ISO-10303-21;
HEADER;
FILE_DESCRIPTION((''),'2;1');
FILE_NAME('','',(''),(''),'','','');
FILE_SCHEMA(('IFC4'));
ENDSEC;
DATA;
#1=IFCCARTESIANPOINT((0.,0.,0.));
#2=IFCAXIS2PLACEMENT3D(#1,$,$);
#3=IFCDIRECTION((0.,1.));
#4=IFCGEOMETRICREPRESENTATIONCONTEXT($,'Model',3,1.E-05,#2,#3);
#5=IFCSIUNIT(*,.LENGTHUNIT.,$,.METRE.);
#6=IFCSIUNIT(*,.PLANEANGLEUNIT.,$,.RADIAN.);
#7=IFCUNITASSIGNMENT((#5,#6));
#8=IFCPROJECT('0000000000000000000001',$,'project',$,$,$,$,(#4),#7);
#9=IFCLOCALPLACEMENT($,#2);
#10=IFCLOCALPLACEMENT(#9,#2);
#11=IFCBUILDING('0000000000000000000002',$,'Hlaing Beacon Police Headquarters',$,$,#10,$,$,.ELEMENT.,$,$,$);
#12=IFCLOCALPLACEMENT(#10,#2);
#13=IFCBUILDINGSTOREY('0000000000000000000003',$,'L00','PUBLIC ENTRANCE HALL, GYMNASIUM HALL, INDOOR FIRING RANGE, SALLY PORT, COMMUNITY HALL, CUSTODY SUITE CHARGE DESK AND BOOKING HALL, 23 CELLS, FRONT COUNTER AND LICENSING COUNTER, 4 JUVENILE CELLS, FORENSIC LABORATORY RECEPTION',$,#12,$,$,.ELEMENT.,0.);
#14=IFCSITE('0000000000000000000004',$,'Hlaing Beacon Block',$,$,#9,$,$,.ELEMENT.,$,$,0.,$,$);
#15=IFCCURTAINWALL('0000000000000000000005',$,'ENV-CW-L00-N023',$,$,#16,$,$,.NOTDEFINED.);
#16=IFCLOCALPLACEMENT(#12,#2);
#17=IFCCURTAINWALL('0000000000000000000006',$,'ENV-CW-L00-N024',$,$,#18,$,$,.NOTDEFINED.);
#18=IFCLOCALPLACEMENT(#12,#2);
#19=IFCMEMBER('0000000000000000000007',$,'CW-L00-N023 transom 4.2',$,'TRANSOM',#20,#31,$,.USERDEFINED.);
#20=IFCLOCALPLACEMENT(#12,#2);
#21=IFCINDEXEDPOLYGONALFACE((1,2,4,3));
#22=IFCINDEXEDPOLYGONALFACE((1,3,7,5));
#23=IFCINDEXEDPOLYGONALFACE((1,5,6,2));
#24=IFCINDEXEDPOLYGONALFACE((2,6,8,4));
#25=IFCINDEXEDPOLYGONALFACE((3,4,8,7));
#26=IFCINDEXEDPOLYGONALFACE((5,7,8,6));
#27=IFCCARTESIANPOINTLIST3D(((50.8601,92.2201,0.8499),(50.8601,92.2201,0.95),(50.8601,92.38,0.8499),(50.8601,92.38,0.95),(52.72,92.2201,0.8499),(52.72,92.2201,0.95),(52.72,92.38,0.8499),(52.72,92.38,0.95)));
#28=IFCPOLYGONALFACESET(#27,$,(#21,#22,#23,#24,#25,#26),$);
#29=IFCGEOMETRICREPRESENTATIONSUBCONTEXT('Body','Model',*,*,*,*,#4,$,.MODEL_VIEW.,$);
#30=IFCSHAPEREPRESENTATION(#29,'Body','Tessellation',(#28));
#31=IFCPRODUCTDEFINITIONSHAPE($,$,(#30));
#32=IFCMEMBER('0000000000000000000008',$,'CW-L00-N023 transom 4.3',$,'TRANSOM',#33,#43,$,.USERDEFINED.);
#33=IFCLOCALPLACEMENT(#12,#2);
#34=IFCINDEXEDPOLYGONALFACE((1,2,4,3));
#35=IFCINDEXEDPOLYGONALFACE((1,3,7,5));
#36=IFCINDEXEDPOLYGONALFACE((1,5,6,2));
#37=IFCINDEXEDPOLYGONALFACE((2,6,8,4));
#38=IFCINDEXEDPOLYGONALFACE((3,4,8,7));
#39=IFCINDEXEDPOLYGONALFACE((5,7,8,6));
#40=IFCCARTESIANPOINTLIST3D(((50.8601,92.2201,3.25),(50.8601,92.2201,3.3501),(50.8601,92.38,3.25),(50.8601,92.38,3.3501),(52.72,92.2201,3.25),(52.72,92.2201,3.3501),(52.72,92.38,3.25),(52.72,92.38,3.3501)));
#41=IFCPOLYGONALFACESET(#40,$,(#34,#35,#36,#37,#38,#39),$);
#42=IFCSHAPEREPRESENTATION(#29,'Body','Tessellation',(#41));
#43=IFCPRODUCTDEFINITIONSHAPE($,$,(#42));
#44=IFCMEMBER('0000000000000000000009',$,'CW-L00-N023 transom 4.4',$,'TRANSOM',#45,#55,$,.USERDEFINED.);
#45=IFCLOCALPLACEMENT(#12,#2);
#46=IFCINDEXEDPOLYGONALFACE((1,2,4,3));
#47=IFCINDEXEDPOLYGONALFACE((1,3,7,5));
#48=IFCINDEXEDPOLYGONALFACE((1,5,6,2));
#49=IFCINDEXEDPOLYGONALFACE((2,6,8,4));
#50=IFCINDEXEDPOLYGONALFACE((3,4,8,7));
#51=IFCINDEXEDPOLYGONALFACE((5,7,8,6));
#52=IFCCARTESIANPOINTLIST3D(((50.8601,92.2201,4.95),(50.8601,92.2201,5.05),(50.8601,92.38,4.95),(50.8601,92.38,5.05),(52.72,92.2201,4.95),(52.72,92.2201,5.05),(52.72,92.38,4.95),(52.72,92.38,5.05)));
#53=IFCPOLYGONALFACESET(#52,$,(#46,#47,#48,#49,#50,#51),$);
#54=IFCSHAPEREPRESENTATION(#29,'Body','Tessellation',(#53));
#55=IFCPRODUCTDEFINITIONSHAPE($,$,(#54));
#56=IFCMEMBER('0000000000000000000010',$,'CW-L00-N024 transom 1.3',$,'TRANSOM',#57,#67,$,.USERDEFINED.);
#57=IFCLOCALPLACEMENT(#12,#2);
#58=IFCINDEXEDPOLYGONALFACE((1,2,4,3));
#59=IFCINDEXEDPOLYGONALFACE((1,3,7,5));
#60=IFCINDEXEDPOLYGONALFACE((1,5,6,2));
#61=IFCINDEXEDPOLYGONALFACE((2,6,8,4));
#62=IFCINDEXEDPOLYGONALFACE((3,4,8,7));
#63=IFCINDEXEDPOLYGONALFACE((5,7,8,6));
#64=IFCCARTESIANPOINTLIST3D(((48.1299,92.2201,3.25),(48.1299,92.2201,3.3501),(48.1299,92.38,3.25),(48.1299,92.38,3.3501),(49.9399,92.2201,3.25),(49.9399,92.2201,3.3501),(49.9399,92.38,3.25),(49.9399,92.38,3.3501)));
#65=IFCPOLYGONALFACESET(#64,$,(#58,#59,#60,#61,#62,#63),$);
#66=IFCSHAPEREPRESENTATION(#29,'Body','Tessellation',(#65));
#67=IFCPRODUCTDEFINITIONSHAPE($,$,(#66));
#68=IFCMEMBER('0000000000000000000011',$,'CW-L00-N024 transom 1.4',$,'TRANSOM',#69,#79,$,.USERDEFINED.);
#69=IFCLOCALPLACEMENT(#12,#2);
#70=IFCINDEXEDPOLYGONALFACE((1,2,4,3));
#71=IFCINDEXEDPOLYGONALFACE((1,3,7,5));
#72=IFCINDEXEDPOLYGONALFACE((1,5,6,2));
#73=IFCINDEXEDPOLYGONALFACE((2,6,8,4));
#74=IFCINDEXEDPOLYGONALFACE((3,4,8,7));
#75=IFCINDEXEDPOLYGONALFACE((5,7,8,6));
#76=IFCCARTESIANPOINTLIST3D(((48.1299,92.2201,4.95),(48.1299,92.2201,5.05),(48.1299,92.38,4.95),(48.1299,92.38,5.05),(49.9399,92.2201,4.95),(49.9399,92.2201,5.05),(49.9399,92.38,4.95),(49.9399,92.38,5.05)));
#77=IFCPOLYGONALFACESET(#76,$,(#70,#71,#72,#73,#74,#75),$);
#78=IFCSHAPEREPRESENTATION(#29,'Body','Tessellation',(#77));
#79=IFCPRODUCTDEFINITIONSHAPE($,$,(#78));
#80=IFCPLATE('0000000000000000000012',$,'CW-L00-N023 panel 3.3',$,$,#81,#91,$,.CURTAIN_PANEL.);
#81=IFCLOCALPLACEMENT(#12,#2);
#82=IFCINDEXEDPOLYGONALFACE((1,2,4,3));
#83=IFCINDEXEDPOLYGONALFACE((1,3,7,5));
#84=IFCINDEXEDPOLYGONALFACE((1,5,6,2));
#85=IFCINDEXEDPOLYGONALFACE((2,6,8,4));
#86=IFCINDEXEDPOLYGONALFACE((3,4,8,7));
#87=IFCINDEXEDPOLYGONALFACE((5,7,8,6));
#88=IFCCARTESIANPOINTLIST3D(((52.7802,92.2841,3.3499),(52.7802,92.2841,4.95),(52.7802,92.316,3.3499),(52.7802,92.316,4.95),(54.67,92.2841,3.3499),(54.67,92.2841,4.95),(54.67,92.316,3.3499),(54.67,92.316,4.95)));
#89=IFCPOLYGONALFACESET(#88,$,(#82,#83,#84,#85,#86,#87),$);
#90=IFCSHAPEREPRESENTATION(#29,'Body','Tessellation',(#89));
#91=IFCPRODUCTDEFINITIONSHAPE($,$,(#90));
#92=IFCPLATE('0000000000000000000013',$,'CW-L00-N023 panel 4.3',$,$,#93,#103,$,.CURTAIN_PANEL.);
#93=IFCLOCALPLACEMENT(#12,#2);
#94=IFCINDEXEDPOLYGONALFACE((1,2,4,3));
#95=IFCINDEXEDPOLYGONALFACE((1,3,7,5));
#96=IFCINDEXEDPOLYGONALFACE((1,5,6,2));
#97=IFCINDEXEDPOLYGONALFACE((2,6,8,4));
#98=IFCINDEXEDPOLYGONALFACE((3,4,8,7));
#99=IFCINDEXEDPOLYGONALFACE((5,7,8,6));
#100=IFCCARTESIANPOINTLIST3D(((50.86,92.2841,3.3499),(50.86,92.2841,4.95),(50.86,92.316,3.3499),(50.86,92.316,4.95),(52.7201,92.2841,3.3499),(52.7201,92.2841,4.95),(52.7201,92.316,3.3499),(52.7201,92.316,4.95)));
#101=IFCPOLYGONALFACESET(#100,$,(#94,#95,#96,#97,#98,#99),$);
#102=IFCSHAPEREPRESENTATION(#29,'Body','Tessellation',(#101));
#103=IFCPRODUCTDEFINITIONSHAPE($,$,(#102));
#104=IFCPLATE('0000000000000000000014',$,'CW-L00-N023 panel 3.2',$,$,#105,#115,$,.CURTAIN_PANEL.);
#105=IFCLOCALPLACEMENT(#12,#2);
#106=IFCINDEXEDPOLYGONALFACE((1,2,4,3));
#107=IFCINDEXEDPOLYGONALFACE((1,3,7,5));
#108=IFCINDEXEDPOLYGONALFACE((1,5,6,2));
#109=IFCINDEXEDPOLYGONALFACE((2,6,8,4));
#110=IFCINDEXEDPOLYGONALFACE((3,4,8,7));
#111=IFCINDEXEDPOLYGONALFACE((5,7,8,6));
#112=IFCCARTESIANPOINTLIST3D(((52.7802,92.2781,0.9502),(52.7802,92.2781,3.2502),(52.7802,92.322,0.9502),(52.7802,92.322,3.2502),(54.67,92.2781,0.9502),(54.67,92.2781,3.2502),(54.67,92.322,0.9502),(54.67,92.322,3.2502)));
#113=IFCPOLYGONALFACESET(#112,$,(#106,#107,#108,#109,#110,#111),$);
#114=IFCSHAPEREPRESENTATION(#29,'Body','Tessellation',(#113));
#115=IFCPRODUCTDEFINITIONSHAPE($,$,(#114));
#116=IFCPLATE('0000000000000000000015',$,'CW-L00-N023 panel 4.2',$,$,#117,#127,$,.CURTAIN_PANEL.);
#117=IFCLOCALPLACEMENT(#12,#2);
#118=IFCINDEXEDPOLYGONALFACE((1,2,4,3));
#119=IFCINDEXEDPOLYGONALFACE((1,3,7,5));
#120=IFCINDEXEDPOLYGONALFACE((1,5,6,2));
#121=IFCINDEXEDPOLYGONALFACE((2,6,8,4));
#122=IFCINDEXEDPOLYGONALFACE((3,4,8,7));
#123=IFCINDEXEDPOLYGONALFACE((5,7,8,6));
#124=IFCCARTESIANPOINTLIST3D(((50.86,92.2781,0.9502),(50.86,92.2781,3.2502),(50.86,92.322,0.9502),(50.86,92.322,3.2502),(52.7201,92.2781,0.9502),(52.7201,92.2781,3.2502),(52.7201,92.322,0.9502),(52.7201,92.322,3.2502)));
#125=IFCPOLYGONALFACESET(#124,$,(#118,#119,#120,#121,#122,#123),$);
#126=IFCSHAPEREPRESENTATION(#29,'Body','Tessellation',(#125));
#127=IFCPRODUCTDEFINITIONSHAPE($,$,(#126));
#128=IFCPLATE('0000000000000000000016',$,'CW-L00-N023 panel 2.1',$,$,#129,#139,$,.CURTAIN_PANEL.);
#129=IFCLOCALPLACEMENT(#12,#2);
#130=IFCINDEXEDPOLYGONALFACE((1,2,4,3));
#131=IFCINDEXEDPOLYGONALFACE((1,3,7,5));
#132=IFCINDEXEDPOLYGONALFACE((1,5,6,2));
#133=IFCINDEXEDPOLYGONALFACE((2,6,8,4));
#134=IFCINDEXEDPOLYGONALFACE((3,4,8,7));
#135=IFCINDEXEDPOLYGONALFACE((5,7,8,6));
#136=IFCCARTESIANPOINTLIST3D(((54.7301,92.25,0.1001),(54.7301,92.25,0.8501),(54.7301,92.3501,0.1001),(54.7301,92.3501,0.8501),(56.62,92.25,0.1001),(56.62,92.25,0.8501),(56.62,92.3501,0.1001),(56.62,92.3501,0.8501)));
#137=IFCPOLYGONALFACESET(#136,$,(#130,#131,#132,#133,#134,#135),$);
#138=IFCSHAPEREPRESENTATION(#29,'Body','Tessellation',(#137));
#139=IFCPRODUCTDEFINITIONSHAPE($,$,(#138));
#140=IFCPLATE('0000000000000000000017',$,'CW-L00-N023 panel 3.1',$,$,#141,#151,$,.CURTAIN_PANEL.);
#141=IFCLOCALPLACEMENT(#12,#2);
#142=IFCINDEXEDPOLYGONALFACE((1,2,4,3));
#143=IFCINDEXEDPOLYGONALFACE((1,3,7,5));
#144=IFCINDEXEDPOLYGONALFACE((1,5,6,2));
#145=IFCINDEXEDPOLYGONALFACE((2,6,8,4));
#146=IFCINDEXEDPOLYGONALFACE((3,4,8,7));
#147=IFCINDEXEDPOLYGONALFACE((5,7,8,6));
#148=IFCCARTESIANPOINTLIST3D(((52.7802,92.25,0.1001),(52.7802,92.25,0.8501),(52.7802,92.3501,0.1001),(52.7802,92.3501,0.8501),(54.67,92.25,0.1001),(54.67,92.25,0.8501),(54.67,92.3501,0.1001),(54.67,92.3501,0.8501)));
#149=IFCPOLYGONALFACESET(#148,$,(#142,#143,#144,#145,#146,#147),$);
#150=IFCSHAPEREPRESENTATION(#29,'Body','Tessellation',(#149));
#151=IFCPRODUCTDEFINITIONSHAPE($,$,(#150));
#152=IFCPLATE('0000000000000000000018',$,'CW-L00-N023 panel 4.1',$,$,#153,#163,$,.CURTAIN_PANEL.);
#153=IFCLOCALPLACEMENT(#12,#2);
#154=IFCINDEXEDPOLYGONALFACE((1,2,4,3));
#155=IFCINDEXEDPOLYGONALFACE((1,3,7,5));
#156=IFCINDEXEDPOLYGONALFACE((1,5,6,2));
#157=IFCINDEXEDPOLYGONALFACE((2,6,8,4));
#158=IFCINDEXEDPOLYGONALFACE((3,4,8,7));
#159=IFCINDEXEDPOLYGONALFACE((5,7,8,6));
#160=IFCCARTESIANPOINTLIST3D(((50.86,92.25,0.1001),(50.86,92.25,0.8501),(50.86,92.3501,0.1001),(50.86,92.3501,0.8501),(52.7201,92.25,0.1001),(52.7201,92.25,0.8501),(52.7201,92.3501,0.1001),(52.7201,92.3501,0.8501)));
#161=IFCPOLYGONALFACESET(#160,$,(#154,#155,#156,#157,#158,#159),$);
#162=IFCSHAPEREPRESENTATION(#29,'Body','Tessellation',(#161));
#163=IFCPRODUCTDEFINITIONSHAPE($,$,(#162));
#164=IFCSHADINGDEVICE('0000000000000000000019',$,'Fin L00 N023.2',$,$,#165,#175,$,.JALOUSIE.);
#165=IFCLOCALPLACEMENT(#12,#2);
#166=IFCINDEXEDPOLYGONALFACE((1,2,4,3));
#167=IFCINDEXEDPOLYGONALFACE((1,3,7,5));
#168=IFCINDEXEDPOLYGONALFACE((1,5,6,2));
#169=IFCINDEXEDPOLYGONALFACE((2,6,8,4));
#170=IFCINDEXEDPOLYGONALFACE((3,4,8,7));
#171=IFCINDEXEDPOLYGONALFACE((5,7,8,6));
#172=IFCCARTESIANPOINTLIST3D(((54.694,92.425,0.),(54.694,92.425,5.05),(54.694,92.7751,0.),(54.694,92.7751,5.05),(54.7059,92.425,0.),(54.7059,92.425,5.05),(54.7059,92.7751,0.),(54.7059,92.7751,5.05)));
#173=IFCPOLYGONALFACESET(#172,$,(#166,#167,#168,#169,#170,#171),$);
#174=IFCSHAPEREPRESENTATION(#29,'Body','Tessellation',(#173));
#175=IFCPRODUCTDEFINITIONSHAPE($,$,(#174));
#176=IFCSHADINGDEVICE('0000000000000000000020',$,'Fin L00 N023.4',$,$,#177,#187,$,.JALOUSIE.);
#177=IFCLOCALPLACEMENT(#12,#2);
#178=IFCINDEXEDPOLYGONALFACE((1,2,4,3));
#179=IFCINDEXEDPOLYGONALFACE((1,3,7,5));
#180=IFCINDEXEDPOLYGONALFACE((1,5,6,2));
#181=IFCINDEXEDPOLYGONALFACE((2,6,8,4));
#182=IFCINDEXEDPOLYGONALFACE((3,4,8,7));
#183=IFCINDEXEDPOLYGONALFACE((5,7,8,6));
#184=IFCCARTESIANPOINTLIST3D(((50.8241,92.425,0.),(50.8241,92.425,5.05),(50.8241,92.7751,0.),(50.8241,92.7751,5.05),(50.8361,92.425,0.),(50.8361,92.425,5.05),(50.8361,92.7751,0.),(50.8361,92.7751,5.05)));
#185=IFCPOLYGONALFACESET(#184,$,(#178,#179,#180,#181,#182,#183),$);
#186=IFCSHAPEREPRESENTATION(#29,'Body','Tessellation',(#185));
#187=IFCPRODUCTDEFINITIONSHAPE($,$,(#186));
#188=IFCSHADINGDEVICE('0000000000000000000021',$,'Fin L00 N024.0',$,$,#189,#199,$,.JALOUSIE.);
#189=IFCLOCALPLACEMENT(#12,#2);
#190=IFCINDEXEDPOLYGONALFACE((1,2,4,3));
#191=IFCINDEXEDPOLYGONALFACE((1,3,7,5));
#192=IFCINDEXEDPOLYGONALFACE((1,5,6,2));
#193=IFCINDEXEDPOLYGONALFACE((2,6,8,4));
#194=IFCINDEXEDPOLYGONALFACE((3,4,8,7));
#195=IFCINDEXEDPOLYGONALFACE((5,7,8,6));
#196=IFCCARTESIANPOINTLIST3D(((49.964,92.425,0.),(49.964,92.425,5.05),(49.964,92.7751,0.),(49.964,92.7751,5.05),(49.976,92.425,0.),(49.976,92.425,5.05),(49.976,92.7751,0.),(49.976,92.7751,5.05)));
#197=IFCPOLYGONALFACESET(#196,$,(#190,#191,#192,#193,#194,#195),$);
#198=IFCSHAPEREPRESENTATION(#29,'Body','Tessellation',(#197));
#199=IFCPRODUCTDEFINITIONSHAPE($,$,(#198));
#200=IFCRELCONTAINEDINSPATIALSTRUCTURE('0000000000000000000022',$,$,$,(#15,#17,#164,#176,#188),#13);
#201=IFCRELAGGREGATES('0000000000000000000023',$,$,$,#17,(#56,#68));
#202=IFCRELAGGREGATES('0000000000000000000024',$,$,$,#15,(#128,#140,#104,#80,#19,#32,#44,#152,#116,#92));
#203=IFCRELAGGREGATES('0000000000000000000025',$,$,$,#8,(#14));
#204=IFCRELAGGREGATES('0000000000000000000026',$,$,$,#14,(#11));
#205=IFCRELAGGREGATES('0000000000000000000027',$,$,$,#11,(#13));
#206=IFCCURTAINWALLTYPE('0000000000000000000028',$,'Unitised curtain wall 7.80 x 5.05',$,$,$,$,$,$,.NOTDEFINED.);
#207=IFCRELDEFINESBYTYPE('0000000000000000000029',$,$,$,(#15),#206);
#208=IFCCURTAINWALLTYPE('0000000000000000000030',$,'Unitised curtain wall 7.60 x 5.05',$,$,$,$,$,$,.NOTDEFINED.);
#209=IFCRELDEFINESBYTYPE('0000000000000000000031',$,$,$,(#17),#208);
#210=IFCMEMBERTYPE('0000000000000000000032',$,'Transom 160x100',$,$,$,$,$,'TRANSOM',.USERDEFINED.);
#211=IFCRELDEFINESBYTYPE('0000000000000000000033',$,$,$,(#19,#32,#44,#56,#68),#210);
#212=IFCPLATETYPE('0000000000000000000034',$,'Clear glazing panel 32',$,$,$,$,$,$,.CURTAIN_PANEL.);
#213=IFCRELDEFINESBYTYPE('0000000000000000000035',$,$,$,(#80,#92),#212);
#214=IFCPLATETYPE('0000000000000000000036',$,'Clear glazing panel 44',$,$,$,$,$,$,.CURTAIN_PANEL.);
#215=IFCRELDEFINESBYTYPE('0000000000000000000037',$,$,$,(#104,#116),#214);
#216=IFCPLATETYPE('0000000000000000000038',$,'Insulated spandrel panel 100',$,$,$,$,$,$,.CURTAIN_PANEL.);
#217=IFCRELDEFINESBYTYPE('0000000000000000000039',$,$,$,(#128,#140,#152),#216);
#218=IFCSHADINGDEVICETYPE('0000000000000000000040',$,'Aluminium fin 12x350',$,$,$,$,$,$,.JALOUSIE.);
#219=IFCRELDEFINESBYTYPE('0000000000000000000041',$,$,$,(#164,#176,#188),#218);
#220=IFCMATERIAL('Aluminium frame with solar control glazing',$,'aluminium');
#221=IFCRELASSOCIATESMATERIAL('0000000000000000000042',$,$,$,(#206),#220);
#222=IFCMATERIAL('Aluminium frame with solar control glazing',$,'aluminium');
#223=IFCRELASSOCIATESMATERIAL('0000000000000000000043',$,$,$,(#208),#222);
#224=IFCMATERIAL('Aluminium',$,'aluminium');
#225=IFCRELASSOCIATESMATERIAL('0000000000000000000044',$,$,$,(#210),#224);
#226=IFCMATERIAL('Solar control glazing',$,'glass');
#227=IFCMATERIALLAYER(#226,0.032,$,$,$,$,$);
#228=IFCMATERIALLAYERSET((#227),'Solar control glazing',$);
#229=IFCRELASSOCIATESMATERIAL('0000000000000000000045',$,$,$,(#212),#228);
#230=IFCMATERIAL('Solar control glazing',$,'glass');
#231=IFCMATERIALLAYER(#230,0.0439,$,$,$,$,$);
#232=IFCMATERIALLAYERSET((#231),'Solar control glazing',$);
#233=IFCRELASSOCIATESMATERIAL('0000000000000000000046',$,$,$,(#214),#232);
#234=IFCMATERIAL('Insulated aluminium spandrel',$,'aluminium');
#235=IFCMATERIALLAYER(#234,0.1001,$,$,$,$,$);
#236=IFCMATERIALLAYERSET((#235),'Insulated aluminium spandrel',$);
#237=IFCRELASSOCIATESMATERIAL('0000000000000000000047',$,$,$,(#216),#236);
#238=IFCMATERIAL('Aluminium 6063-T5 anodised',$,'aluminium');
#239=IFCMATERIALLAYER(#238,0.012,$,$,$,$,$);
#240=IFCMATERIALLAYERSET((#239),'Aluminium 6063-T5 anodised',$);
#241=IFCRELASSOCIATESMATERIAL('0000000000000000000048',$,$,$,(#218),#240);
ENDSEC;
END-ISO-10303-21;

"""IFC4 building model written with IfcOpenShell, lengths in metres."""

from ifc_helpers import new_model, si_unit, direction, frame, origin, origin_2d, place, context, subcontext, project, spatial, rectangle, extrude, material, layer, layer_set, material_profile, profile_set, type_object, element, aggregate, save


model = new_model("IFC4")

# Units and contexts
model_context = context("Model", 3, precision=1e-05, world=origin(), true_north=direction((0.0, 1.0)))
body_context = subcontext(model_context, "Body", "Model", "MODEL_VIEW")
ifc_project = project(units=[si_unit("LENGTHUNIT", "METRE"), si_unit("PLANEANGLEUNIT", "RADIAN")], contexts=[model_context])

# Site, building, storey
site_placement = place(None, origin())
site = spatial("IfcSite", under=ifc_project, at=site_placement, Name="Hlaing Beacon Block", CompositionType="ELEMENT", RefElevation=0.0)
building_placement = place(site_placement, origin())
building = spatial("IfcBuilding", under=site, at=building_placement, Name="Hlaing Beacon Police Headquarters", CompositionType="ELEMENT")
storey_placement = place(building_placement, origin())
storey = spatial("IfcBuildingStorey", under=building, at=storey_placement, Name="L00", Description="PUBLIC ENTRANCE HALL, GYMNASIUM HALL, INDOOR FIRING RANGE, SALLY PORT, COMMUNITY HALL, CUSTODY SUITE CHARGE DESK AND BOOKING HALL, 23 CELLS, FRONT COUNTER AND LICENSING COUNTER, 4 JUVENILE CELLS, FORENSIC LABORATORY RECEPTION", CompositionType="ELEMENT", Elevation=0.0)

# Curtain wall
ifc_material_1 = material(Name="Aluminium frame with solar control glazing", Category="aluminium")
curtain_wall_type_1 = type_object("IfcCurtainWallType", Name="Unitised curtain wall 7.80 x 5.05", PredefinedType="NOTDEFINED", material=ifc_material_1)
curtain_wall_1_placement = place(storey_placement, origin())
curtain_wall_1 = element("IfcCurtainWall", 1, at=curtain_wall_1_placement, inside=storey, type_object=curtain_wall_type_1, Name="ENV-CW-L00-N023", PredefinedType="NOTDEFINED")

# Curtain wall
ifc_material_2 = material(Name="Aluminium frame with solar control glazing", Category="aluminium")
curtain_wall_type_2 = type_object("IfcCurtainWallType", Name="Unitised curtain wall 7.60 x 5.05", PredefinedType="NOTDEFINED", material=ifc_material_2)
curtain_wall_2_placement = place(storey_placement, origin())
curtain_wall_2 = element("IfcCurtainWall", 2, at=curtain_wall_2_placement, inside=storey, type_object=curtain_wall_type_2, Name="ENV-CW-L00-N024", PredefinedType="NOTDEFINED")

# Members
ifc_material_3 = material(Name="Aluminium", Category="aluminium")
ifc_material_profile_1 = material_profile(ifc_material_3, rectangle(XDim=0.1599, YDim=0.1001, at=origin_2d()), Name="Transom 160x100")
ifc_profile_set_1 = profile_set([ifc_material_profile_1], Name="Aluminium")
member_type_1 = type_object("IfcMemberType", Name="Transom 160x100", ElementType="TRANSOM", PredefinedType="USERDEFINED", material=ifc_profile_set_1)
member_1_placement = place(storey_placement, frame((52.72, 92.3, 0.8999), z_axis=(-1.0, 0.0, 0.0), x_axis=(0.0, -1.0, 0.0)))
member_1 = element("IfcMember", 3, at=member_1_placement, type_object=member_type_1, Name="CW-L00-N023 transom 4.2", ObjectType="TRANSOM", PredefinedType="USERDEFINED", context=body_context, shape_type="SweptSolid", body=[
    extrude(rectangle(XDim=0.1599, YDim=0.1001, at=origin_2d()), origin(), (0.0, 0.0, 1.0), 1.8599),
])
member_2_placement = place(storey_placement, frame((52.72, 92.3, 3.3), z_axis=(-1.0, 0.0, 0.0), x_axis=(0.0, -1.0, 0.0)))
member_2 = element("IfcMember", 4, at=member_2_placement, type_object=member_type_1, Name="CW-L00-N023 transom 4.3", ObjectType="TRANSOM", PredefinedType="USERDEFINED", context=body_context, shape_type="SweptSolid", body=[
    extrude(rectangle(XDim=0.1599, YDim=0.1001, at=origin_2d()), origin(), (0.0, 0.0, 1.0), 1.8599),
])
member_3_placement = place(storey_placement, frame((52.72, 92.3, 5.0), z_axis=(-1.0, 0.0, 0.0), x_axis=(0.0, -1.0, 0.0)))
member_3 = element("IfcMember", 5, at=member_3_placement, type_object=member_type_1, Name="CW-L00-N023 transom 4.4", ObjectType="TRANSOM", PredefinedType="USERDEFINED", context=body_context, shape_type="SweptSolid", body=[
    extrude(rectangle(XDim=0.1599, YDim=0.1001, at=origin_2d()), origin(), (0.0, 0.0, 1.0), 1.8599),
])
member_4_placement = place(storey_placement, frame((49.9399, 92.3, 3.3), z_axis=(-1.0, 0.0, 0.0), x_axis=(0.0, -1.0, 0.0)))
member_4 = element("IfcMember", 6, at=member_4_placement, type_object=member_type_1, Name="CW-L00-N024 transom 1.3", ObjectType="TRANSOM", PredefinedType="USERDEFINED", context=body_context, shape_type="SweptSolid", body=[
    extrude(rectangle(XDim=0.1599, YDim=0.1001, at=origin_2d()), origin(), (0.0, 0.0, 1.0), 1.8101),
])
member_5_placement = place(storey_placement, frame((49.9399, 92.3, 5.0), z_axis=(-1.0, 0.0, 0.0), x_axis=(0.0, -1.0, 0.0)))
member_5 = element("IfcMember", 7, at=member_5_placement, type_object=member_type_1, Name="CW-L00-N024 transom 1.4", ObjectType="TRANSOM", PredefinedType="USERDEFINED", context=body_context, shape_type="SweptSolid", body=[
    extrude(rectangle(XDim=0.1599, YDim=0.1001, at=origin_2d()), origin(), (0.0, 0.0, 1.0), 1.8101),
])
aggregate(curtain_wall_2, [member_4, member_5])

# Plates
ifc_material_4 = material(Name="Solar control glazing", Category="glass")
ifc_layer_1 = layer(ifc_material_4, 0.032)
ifc_layer_set_1 = layer_set([ifc_layer_1], Name="Solar control glazing")
plate_type_1 = type_object("IfcPlateType", Name="Clear glazing panel 32", PredefinedType="CURTAIN_PANEL", material=ifc_layer_set_1)
plate_1_placement = place(storey_placement, frame((53.7251, 92.3, 3.3499), z_axis=(0.0, 0.0, 1.0), x_axis=(-1.0, 0.0, 0.0)))
plate_1 = element("IfcPlate", 8, at=plate_1_placement, type_object=plate_type_1, Name="CW-L00-N023 panel 3.3", PredefinedType="CURTAIN_PANEL", context=body_context, shape_type="SweptSolid", body=[
    extrude(rectangle(XDim=1.8899, YDim=0.032, at=origin_2d()), origin(), (0.0, 0.0, 1.0), 1.6001),
])
plate_2_placement = place(storey_placement, frame((51.79, 92.3, 3.3499), z_axis=(0.0, 0.0, 1.0), x_axis=(-1.0, 0.0, 0.0)))
plate_2 = element("IfcPlate", 9, at=plate_2_placement, type_object=plate_type_1, Name="CW-L00-N023 panel 4.3", PredefinedType="CURTAIN_PANEL", context=body_context, shape_type="SweptSolid", body=[
    extrude(rectangle(XDim=1.8601, YDim=0.032, at=origin_2d()), origin(), (0.0, 0.0, 1.0), 1.6001),
])
ifc_material_5 = material(Name="Solar control glazing", Category="glass")
ifc_layer_2 = layer(ifc_material_5, 0.0439)
ifc_layer_set_2 = layer_set([ifc_layer_2], Name="Solar control glazing")
plate_type_2 = type_object("IfcPlateType", Name="Clear glazing panel 44", PredefinedType="CURTAIN_PANEL", material=ifc_layer_set_2)
plate_3_placement = place(storey_placement, frame((53.7251, 92.3, 0.9502), z_axis=(0.0, 0.0, 1.0), x_axis=(-1.0, 0.0, 0.0)))
plate_3 = element("IfcPlate", 10, at=plate_3_placement, type_object=plate_type_2, Name="CW-L00-N023 panel 3.2", PredefinedType="CURTAIN_PANEL", context=body_context, shape_type="SweptSolid", body=[
    extrude(rectangle(XDim=1.8899, YDim=0.0439, at=origin_2d()), origin(), (0.0, 0.0, 1.0), 2.3),
])
plate_4_placement = place(storey_placement, frame((51.79, 92.3, 0.9502), z_axis=(0.0, 0.0, 1.0), x_axis=(-1.0, 0.0, 0.0)))
plate_4 = element("IfcPlate", 11, at=plate_4_placement, type_object=plate_type_2, Name="CW-L00-N023 panel 4.2", PredefinedType="CURTAIN_PANEL", context=body_context, shape_type="SweptSolid", body=[
    extrude(rectangle(XDim=1.8601, YDim=0.0439, at=origin_2d()), origin(), (0.0, 0.0, 1.0), 2.3),
])
ifc_material_6 = material(Name="Insulated aluminium spandrel", Category="aluminium")
ifc_layer_3 = layer(ifc_material_6, 0.1001)
ifc_layer_set_3 = layer_set([ifc_layer_3], Name="Insulated aluminium spandrel")
plate_type_3 = type_object("IfcPlateType", Name="Insulated spandrel panel 100", PredefinedType="CURTAIN_PANEL", material=ifc_layer_set_3)
plate_5_placement = place(storey_placement, frame((55.675, 92.3, 0.1001), z_axis=(0.0, 0.0, 1.0), x_axis=(-1.0, 0.0, 0.0)))
plate_5 = element("IfcPlate", 12, at=plate_5_placement, type_object=plate_type_3, Name="CW-L00-N023 panel 2.1", PredefinedType="CURTAIN_PANEL", context=body_context, shape_type="SweptSolid", body=[
    extrude(rectangle(XDim=1.8899, YDim=0.1001, at=origin_2d()), origin(), (0.0, 0.0, 1.0), 0.75),
])
plate_6_placement = place(storey_placement, frame((53.7251, 92.3, 0.1001), z_axis=(0.0, 0.0, 1.0), x_axis=(-1.0, 0.0, 0.0)))
plate_6 = element("IfcPlate", 13, at=plate_6_placement, type_object=plate_type_3, Name="CW-L00-N023 panel 3.1", PredefinedType="CURTAIN_PANEL", context=body_context, shape_type="SweptSolid", body=[
    extrude(rectangle(XDim=1.8899, YDim=0.1001, at=origin_2d()), origin(), (0.0, 0.0, 1.0), 0.75),
])
plate_7_placement = place(storey_placement, frame((51.79, 92.3, 0.1001), z_axis=(0.0, 0.0, 1.0), x_axis=(-1.0, 0.0, 0.0)))
plate_7 = element("IfcPlate", 14, at=plate_7_placement, type_object=plate_type_3, Name="CW-L00-N023 panel 4.1", PredefinedType="CURTAIN_PANEL", context=body_context, shape_type="SweptSolid", body=[
    extrude(rectangle(XDim=1.8601, YDim=0.1001, at=origin_2d()), origin(), (0.0, 0.0, 1.0), 0.75),
])
aggregate(curtain_wall_1, [plate_5, plate_6, plate_3, plate_1, member_1, member_2, member_3, plate_7, plate_4, plate_2])

# Shading devices
ifc_material_7 = material(Name="Aluminium 6063-T5 anodised", Category="aluminium")
ifc_layer_4 = layer(ifc_material_7, 0.012)
ifc_layer_set_4 = layer_set([ifc_layer_4], Name="Aluminium 6063-T5 anodised")
shading_device_type = type_object("IfcShadingDeviceType", Name="Aluminium fin 12x350", PredefinedType="JALOUSIE", material=ifc_layer_set_4)
for number, where, z_axis, x_axis, name in (
    (15, (54.7, 92.6001, 0.0), (0.0, 0.0, 1.0), (-1.0, 0.0, 0.0), "Fin L00 N023.2"),
    (16, (50.8301, 92.6001, 0.0), (0.0, 0.0, 1.0), (-1.0, 0.0, 0.0), "Fin L00 N023.4"),
    (17, (49.97, 92.6001, 0.0), (0.0, 0.0, 1.0), (-1.0, 0.0, 0.0), "Fin L00 N024.0"),
):
    element("IfcShadingDevice", number, at=place(storey_placement, frame(where, z_axis=z_axis, x_axis=x_axis)), inside=storey, type_object=shading_device_type, Name=name, PredefinedType="JALOUSIE", context=body_context, shape_type="SweptSolid", body=[
        extrude(rectangle(XDim=0.012, YDim=0.3501, at=origin_2d()), origin(), (0.0, 0.0, 1.0), 5.05),
    ])

save(model, "model.ifc")
